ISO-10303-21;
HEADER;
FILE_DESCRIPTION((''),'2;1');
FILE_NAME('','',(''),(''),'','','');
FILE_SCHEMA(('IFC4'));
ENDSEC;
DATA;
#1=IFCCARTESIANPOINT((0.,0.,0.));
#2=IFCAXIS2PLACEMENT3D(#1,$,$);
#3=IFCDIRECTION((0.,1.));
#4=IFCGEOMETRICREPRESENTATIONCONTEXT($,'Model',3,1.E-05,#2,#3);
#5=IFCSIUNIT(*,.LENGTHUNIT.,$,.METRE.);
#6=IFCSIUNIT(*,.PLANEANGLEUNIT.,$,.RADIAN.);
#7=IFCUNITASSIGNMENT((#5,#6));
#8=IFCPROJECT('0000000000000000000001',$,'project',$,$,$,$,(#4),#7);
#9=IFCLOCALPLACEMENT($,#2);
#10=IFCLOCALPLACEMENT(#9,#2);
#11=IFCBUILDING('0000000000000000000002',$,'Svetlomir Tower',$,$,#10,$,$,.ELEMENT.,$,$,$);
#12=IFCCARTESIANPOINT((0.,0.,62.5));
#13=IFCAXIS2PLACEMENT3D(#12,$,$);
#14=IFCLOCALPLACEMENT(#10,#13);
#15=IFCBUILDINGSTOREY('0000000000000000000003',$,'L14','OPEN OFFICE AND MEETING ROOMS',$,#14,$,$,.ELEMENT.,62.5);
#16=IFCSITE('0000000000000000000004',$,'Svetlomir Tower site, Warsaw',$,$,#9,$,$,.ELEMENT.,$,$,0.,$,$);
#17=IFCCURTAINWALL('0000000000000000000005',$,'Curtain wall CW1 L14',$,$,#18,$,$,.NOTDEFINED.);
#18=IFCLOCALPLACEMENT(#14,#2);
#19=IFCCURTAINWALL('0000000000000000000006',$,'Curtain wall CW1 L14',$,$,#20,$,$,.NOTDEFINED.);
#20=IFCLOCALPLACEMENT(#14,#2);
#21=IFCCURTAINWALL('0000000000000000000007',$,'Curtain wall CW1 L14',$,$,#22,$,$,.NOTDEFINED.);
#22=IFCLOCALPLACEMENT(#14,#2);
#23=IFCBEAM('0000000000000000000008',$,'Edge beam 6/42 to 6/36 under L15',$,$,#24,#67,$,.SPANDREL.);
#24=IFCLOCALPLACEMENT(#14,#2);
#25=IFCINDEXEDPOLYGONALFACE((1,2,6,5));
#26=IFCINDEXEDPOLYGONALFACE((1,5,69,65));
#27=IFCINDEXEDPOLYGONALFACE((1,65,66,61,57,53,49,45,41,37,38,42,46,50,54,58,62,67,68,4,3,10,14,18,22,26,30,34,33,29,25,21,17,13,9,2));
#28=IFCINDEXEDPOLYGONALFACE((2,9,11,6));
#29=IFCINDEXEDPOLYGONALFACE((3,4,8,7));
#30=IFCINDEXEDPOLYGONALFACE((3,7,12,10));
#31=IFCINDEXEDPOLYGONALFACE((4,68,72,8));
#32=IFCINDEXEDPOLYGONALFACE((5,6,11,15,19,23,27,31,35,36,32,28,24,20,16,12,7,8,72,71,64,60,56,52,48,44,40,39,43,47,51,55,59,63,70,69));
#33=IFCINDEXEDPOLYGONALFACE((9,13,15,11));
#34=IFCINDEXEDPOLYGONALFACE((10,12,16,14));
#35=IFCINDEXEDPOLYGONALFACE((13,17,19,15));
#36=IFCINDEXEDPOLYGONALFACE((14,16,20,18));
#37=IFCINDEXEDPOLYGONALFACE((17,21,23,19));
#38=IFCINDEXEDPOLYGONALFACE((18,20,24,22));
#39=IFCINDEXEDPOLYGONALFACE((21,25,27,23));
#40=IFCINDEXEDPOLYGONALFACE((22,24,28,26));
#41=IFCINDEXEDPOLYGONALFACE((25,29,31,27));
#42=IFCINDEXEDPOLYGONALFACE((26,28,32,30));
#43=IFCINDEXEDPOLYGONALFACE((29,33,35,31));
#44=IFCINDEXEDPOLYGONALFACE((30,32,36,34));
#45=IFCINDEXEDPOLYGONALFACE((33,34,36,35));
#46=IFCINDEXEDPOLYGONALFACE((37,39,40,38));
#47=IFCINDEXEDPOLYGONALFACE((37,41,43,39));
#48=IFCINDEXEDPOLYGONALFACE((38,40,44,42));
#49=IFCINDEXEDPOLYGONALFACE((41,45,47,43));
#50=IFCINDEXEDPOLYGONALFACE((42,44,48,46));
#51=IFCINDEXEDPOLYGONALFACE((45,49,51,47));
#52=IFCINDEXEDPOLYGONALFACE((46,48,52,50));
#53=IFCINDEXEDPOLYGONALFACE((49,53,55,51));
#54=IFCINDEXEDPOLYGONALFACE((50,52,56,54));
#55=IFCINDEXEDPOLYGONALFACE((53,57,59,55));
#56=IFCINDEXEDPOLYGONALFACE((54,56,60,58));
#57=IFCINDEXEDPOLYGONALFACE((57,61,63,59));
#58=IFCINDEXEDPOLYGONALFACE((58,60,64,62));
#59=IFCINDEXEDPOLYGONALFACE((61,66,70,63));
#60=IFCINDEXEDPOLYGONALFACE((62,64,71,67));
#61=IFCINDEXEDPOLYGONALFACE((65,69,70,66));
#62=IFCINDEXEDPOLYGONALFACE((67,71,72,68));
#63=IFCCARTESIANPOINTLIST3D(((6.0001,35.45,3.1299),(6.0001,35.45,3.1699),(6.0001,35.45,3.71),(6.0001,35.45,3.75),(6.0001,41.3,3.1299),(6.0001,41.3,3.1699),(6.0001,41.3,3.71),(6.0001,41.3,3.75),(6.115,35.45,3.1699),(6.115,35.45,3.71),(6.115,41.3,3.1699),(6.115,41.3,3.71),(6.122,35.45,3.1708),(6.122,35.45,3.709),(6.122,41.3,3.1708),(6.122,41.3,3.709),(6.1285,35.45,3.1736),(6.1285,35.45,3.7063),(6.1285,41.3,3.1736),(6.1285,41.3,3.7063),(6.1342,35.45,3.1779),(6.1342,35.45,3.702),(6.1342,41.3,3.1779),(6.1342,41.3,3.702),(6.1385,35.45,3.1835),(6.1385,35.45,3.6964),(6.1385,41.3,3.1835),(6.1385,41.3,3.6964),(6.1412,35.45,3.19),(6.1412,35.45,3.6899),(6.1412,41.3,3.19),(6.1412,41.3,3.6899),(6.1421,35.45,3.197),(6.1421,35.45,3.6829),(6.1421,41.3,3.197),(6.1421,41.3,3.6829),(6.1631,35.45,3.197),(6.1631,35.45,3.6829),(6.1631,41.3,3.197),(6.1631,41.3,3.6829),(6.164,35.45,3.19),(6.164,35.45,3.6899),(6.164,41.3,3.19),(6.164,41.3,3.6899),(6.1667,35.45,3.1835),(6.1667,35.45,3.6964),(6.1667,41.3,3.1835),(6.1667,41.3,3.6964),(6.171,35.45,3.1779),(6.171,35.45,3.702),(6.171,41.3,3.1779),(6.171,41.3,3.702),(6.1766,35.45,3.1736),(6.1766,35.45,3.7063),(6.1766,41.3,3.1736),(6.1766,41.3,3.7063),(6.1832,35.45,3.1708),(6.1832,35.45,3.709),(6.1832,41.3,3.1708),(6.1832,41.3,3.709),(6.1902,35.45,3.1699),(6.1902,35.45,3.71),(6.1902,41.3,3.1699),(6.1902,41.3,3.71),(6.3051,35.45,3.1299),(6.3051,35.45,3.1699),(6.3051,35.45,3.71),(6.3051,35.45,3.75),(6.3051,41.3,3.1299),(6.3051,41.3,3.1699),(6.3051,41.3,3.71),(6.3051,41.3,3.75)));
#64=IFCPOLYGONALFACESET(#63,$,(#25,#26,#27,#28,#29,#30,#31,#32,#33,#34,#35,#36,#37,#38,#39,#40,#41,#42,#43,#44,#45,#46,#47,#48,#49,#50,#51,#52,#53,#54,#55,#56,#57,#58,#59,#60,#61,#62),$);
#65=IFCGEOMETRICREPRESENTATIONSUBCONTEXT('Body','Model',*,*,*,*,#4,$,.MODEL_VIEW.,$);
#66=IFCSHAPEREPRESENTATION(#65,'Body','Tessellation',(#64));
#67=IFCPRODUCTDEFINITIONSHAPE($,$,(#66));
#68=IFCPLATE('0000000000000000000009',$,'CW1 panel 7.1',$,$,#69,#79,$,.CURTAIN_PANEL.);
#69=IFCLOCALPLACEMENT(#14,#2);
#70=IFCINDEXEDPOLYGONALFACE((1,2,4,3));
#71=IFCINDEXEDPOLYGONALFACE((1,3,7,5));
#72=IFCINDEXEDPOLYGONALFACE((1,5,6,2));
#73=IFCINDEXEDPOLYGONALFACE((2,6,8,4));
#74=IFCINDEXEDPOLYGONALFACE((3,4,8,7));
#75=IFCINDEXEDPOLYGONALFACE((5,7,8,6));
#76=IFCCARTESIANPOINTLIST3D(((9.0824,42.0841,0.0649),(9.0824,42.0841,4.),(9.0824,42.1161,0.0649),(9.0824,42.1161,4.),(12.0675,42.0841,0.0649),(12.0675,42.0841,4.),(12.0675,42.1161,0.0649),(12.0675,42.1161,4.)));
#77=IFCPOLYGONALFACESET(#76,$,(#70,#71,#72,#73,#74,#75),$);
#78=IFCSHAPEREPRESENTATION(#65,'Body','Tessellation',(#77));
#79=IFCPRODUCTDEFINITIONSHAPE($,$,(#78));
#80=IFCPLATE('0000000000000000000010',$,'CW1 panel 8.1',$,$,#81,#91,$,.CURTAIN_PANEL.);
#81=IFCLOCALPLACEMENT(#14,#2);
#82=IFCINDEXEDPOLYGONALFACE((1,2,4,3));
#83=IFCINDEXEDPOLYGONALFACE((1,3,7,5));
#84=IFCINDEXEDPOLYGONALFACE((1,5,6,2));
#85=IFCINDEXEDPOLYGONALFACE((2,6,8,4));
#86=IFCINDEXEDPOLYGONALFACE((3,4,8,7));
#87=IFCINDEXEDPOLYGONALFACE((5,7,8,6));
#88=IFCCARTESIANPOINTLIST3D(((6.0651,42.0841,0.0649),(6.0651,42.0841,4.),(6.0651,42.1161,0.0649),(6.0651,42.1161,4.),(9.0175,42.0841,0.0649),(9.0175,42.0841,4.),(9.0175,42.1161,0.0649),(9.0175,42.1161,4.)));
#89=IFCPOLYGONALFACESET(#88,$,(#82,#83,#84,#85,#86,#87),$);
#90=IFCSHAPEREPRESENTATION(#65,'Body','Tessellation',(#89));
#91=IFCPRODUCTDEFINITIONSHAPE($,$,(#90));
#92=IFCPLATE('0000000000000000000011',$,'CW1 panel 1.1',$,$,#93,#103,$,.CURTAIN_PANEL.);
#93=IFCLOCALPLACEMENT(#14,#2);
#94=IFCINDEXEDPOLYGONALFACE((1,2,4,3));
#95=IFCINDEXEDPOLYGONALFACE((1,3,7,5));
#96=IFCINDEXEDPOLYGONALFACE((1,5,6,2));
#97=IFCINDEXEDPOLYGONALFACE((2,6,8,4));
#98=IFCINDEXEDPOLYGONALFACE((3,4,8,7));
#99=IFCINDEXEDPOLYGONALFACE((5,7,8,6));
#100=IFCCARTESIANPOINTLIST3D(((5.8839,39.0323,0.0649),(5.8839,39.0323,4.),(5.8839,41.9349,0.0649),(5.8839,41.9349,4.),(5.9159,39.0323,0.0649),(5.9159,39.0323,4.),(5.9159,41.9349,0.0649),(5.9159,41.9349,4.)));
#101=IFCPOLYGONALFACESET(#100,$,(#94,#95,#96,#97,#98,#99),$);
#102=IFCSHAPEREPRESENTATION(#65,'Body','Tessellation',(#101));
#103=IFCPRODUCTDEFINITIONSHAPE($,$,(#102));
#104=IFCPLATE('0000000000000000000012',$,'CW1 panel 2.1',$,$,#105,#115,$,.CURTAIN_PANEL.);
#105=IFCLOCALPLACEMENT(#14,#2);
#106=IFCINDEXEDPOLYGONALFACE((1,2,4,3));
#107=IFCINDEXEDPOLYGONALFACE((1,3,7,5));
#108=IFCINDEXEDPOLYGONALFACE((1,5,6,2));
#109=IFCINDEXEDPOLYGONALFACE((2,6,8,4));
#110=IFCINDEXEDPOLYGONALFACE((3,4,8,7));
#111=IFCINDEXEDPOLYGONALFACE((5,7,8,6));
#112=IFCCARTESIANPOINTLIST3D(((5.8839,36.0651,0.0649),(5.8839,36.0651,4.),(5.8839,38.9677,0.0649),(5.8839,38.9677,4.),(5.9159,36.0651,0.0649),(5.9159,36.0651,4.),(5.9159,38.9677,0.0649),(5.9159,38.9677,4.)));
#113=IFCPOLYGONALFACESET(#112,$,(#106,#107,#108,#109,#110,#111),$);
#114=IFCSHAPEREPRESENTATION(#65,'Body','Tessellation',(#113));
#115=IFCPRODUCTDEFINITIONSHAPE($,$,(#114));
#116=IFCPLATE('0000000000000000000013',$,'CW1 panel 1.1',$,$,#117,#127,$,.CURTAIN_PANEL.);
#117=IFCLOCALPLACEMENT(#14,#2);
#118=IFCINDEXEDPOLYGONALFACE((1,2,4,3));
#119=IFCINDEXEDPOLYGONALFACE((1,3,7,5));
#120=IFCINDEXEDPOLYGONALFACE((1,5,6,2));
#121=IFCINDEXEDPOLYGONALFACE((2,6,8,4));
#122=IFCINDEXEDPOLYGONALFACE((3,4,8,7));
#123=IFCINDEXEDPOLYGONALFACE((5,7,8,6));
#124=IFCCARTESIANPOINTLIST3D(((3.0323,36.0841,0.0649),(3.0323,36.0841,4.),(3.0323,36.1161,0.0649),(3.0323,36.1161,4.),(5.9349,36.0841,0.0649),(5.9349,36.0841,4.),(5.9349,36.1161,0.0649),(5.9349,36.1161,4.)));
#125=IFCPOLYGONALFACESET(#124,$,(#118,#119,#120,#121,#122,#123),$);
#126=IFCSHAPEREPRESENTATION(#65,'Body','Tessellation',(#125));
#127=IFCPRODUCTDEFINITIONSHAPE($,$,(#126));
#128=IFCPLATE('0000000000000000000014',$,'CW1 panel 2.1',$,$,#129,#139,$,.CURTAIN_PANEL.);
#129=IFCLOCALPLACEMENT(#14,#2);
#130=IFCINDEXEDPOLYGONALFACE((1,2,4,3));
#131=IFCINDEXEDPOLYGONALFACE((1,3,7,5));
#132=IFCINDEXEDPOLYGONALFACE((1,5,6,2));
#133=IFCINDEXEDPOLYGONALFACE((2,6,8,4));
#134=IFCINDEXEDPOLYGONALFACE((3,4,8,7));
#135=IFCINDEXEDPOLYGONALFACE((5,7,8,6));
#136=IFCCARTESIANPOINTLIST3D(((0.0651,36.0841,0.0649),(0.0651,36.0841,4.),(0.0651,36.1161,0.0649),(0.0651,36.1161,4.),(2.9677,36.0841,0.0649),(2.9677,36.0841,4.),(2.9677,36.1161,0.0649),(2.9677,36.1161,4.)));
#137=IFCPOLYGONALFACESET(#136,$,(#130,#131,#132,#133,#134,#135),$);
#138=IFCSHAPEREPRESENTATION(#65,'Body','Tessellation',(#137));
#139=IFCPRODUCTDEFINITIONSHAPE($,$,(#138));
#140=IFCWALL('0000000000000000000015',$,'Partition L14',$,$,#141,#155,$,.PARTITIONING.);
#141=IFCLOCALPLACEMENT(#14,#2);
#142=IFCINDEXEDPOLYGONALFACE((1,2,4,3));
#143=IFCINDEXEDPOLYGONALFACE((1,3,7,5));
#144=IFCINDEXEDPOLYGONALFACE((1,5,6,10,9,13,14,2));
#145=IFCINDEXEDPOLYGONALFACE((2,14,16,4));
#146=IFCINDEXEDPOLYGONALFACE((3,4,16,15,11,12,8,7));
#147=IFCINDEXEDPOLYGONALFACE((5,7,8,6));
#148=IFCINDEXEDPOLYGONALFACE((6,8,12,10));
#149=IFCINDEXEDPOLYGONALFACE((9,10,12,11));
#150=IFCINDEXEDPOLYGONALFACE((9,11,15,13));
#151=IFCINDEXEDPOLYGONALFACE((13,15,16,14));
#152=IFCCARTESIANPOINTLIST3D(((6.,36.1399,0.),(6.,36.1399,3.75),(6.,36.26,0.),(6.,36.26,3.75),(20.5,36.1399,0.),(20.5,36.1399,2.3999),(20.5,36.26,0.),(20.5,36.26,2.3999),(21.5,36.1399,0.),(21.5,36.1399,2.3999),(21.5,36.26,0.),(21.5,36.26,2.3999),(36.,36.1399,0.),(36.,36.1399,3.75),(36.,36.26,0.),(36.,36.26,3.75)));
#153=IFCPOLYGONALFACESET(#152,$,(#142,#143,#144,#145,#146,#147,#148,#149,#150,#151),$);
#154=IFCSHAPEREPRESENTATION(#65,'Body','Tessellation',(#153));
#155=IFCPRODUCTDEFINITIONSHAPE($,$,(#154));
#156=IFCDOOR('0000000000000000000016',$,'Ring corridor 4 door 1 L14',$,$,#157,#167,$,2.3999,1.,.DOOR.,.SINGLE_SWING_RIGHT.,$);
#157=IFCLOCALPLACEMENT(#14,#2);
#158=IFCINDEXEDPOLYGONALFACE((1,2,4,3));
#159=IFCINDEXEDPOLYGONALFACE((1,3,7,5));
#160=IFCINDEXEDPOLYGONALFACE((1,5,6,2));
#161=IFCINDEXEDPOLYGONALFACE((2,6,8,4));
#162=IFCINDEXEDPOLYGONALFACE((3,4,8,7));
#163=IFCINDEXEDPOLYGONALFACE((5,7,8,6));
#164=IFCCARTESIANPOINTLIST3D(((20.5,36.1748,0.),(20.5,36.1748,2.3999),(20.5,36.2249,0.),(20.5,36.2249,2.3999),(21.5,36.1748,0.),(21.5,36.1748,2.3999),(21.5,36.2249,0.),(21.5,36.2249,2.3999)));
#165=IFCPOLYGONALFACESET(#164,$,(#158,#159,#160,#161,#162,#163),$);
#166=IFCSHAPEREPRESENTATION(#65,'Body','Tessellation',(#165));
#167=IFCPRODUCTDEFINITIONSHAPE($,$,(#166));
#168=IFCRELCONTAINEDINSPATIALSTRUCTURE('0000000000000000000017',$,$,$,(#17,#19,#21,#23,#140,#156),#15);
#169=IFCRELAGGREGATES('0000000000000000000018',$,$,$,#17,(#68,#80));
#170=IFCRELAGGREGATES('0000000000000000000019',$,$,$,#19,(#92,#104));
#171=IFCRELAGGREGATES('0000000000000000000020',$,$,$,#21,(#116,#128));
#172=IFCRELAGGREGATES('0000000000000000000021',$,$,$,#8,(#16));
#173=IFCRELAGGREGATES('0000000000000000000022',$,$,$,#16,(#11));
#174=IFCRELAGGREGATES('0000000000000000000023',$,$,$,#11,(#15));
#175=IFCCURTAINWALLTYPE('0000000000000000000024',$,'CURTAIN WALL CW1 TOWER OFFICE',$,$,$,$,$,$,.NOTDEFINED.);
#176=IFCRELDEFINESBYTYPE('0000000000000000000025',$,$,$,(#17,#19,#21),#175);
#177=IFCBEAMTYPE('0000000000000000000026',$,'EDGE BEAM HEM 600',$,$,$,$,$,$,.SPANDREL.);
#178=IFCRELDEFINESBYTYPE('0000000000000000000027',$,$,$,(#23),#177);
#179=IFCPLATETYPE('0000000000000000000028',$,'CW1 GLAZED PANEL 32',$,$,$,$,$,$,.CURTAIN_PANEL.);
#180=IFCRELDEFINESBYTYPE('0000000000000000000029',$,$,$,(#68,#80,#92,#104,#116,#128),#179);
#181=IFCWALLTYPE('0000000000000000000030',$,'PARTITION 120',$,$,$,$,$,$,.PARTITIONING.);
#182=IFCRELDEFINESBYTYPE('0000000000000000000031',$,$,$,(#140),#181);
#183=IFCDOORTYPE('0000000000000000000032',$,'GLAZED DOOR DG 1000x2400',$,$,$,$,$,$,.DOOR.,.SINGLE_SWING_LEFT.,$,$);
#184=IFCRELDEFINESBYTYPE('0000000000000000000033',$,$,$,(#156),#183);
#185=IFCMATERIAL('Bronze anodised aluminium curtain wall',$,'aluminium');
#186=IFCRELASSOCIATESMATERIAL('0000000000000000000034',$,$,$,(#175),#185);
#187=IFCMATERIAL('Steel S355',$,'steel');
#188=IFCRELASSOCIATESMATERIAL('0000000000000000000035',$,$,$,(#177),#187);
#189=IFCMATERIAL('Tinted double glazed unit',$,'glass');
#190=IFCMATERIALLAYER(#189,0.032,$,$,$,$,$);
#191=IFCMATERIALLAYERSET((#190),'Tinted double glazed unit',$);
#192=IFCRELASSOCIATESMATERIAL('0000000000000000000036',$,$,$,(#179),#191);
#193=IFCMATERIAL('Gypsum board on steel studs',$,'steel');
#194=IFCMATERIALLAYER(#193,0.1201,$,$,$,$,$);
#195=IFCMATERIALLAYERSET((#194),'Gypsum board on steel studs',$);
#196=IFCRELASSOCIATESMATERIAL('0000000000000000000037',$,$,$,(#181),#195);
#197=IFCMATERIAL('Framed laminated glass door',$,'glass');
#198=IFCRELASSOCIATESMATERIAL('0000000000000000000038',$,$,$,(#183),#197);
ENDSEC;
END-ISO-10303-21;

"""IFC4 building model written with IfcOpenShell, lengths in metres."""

from ifc_helpers import new_model, si_unit, direction, frame, frame_2d, origin, origin_2d, place, context, subcontext, project, spatial, rectangle, i_section, extrude, material, layer, layer_set, material_profile, profile_set, type_object, element, fill, aggregate, save


model = new_model("IFC4")

# Units and contexts
model_context = context("Model", 3, precision=1e-05, world=origin(), true_north=direction((0.0, 1.0)))
body_context = subcontext(model_context, "Body", "Model", "MODEL_VIEW")
ifc_project = project(units=[si_unit("LENGTHUNIT", "METRE"), si_unit("PLANEANGLEUNIT", "RADIAN")], contexts=[model_context])

# Site, building, storey
site_placement = place(None, origin())
site = spatial("IfcSite", under=ifc_project, at=site_placement, Name="Svetlomir Tower site, Warsaw", CompositionType="ELEMENT", RefElevation=0.0)
building_placement = place(site_placement, origin())
building = spatial("IfcBuilding", under=site, at=building_placement, Name="Svetlomir Tower", CompositionType="ELEMENT")
storey_placement = place(building_placement, frame((0.0, 0.0, 62.5)))
storey = spatial("IfcBuildingStorey", under=building, at=storey_placement, Name="L14", Description="OPEN OFFICE AND MEETING ROOMS", CompositionType="ELEMENT", Elevation=62.5)

# Curtain walls
ifc_material_1 = material(Name="Bronze anodised aluminium curtain wall", Category="aluminium")
curtain_wall_type = type_object("IfcCurtainWallType", Name="CURTAIN WALL CW1 TOWER OFFICE", PredefinedType="NOTDEFINED", material=ifc_material_1)
curtain_wall_1_placement = place(storey_placement, origin())
curtain_wall_1 = element("IfcCurtainWall", 1, at=curtain_wall_1_placement, inside=storey, type_object=curtain_wall_type, Name="Curtain wall CW1 L14", PredefinedType="NOTDEFINED")
curtain_wall_2_placement = place(storey_placement, origin())
curtain_wall_2 = element("IfcCurtainWall", 2, at=curtain_wall_2_placement, inside=storey, type_object=curtain_wall_type, Name="Curtain wall CW1 L14", PredefinedType="NOTDEFINED")
curtain_wall_3_placement = place(storey_placement, origin())
curtain_wall_3 = element("IfcCurtainWall", 3, at=curtain_wall_3_placement, inside=storey, type_object=curtain_wall_type, Name="Curtain wall CW1 L14", PredefinedType="NOTDEFINED")

# Beam
ifc_material_2 = material(Name="Steel S355", Category="steel")
ifc_material_profile_1 = material_profile(ifc_material_2, i_section(OverallWidth=0.3049, OverallDepth=0.6201, WebThickness=0.021, FlangeThickness=0.04, FilletRadius=0.0271, at=origin_2d()), Name="HEM 600")
ifc_profile_set_1 = profile_set([ifc_material_profile_1], Name="Steel S355")
beam_type = type_object("IfcBeamType", Name="EDGE BEAM HEM 600", PredefinedType="SPANDREL", material=ifc_profile_set_1)
beam_1_placement = place(storey_placement, frame((6.1526, 41.3, 3.4399), z_axis=(0.0, -1.0, 0.0), x_axis=(1.0, 0.0, 0.0)))
element("IfcBeam", 4, at=beam_1_placement, inside=storey, type_object=beam_type, Name="Edge beam 6/42 to 6/36 under L15", PredefinedType="SPANDREL", context=body_context, shape_type="SweptSolid", body=[
    extrude(i_section(OverallWidth=0.3049, OverallDepth=0.6201, WebThickness=0.021, FlangeThickness=0.04, FilletRadius=0.0271, at=origin_2d()), origin(), (0.0, 0.0, 1.0), 5.8501),
])

# Plates
ifc_material_3 = material(Name="Tinted double glazed unit", Category="glass")
ifc_layer_1 = layer(ifc_material_3, 0.032)
ifc_layer_set_1 = layer_set([ifc_layer_1], Name="Tinted double glazed unit")
plate_type = type_object("IfcPlateType", Name="CW1 GLAZED PANEL 32", PredefinedType="CURTAIN_PANEL", material=ifc_layer_set_1)
plate_1_placement = place(storey_placement, frame((10.575, 42.1001, 0.0649), z_axis=(0.0, 0.0, 1.0), x_axis=(-1.0, 0.0, 0.0)))
plate_1 = element("IfcPlate", 5, at=plate_1_placement, type_object=plate_type, Name="CW1 panel 7.1", PredefinedType="CURTAIN_PANEL", context=body_context, shape_type="SweptSolid", body=[
    extrude(rectangle(XDim=2.9851, YDim=0.032, at=origin_2d()), origin(), (0.0, 0.0, 1.0), 3.9351),
])
plate_2_placement = place(storey_placement, frame((7.5413, 42.1001, 0.0649), z_axis=(0.0, 0.0, 1.0), x_axis=(-1.0, 0.0, 0.0)))
plate_2 = element("IfcPlate", 6, at=plate_2_placement, type_object=plate_type, Name="CW1 panel 8.1", PredefinedType="CURTAIN_PANEL", context=body_context, shape_type="SweptSolid", body=[
    extrude(rectangle(XDim=2.9524, YDim=0.032, at=origin_2d()), origin(), (0.0, 0.0, 1.0), 3.9351),
])
aggregate(curtain_wall_1, [plate_1, plate_2])
plate_3_placement = place(storey_placement, frame((5.8999, 40.4836, 0.0649), z_axis=(0.0, 0.0, 1.0), x_axis=(0.0, -1.0, 0.0)))
plate_3 = element("IfcPlate", 7, at=plate_3_placement, type_object=plate_type, Name="CW1 panel 1.1", PredefinedType="CURTAIN_PANEL", context=body_context, shape_type="SweptSolid", body=[
    extrude(rectangle(XDim=2.9026, YDim=0.032, at=origin_2d()), origin(), (0.0, 0.0, 1.0), 3.9351),
])
plate_4_placement = place(storey_placement, frame((5.8999, 37.5164, 0.0649), z_axis=(0.0, 0.0, 1.0), x_axis=(0.0, -1.0, 0.0)))
plate_4 = element("IfcPlate", 8, at=plate_4_placement, type_object=plate_type, Name="CW1 panel 2.1", PredefinedType="CURTAIN_PANEL", context=body_context, shape_type="SweptSolid", body=[
    extrude(rectangle(XDim=2.9026, YDim=0.032, at=origin_2d()), origin(), (0.0, 0.0, 1.0), 3.9351),
])
aggregate(curtain_wall_2, [plate_3, plate_4])
plate_5_placement = place(storey_placement, frame((4.4836, 36.1001, 0.0649), z_axis=(0.0, 0.0, 1.0), x_axis=(-1.0, 0.0, 0.0)))
plate_5 = element("IfcPlate", 9, at=plate_5_placement, type_object=plate_type, Name="CW1 panel 1.1", PredefinedType="CURTAIN_PANEL", context=body_context, shape_type="SweptSolid", body=[
    extrude(rectangle(XDim=2.9026, YDim=0.032, at=origin_2d()), origin(), (0.0, 0.0, 1.0), 3.9351),
])
plate_6_placement = place(storey_placement, frame((1.5164, 36.1001, 0.0649), z_axis=(0.0, 0.0, 1.0), x_axis=(-1.0, 0.0, 0.0)))
plate_6 = element("IfcPlate", 10, at=plate_6_placement, type_object=plate_type, Name="CW1 panel 2.1", PredefinedType="CURTAIN_PANEL", context=body_context, shape_type="SweptSolid", body=[
    extrude(rectangle(XDim=2.9026, YDim=0.032, at=origin_2d()), origin(), (0.0, 0.0, 1.0), 3.9351),
])
aggregate(curtain_wall_3, [plate_5, plate_6])

# Wall, opening, door
ifc_material_4 = material(Name="Gypsum board on steel studs", Category="steel")
ifc_layer_2 = layer(ifc_material_4, 0.1201)
ifc_layer_set_2 = layer_set([ifc_layer_2], Name="Gypsum board on steel studs")
wall_type = type_object("IfcWallType", Name="PARTITION 120", PredefinedType="PARTITIONING", material=ifc_layer_set_2)
wall_placement = place(storey_placement, frame((6.0, 36.2, 0.0), z_axis=(0.0, 0.0, 1.0), x_axis=(1.0, 0.0, 0.0)))
wall = element("IfcWall", 11, at=wall_placement, inside=storey, type_object=wall_type, Name="Partition L14", PredefinedType="PARTITIONING", context=body_context, shape_type="SweptSolid", body=[
    extrude(rectangle(XDim=30.0, YDim=0.1201, at=frame_2d((15.0, 0.0))), origin(), (0.0, 0.0, 1.0), 3.75),
])
opening_placement = place(wall_placement, frame((14.5, 0.0, 0.0)))
opening = element("IfcOpeningElement", 12, at=opening_placement, cuts=wall, PredefinedType="OPENING", context=body_context, shape_type="SweptSolid", body=[
    extrude(rectangle(XDim=1.0, YDim=2.3999, at=frame_2d((0.5, 1.2))), frame((0.0, 0.0701, 0.0), z_axis=(0.0, -1.0, 0.0), x_axis=(1.0, 0.0, 0.0)), (0.0, 0.0, 1.0), 0.1401),
])
ifc_material_5 = material(Name="Framed laminated glass door", Category="glass")
door_type = type_object("IfcDoorType", Name="GLAZED DOOR DG 1000x2400", OperationType="SINGLE_SWING_LEFT", PredefinedType="DOOR", material=ifc_material_5)
door_placement = place(opening_placement, origin())
door = element("IfcDoor", 13, at=door_placement, inside=storey, type_object=door_type, Name="Ring corridor 4 door 1 L14", OperationType="SINGLE_SWING_RIGHT", OverallHeight=2.3999, OverallWidth=1.0, PredefinedType="DOOR", context=body_context, shape_type="SweptSolid", body=[
    extrude(rectangle(XDim=1.0, YDim=2.3999, at=frame_2d((0.5, 1.2))), frame((0.0, 0.0249, 0.0), z_axis=(0.0, -1.0, 0.0), x_axis=(1.0, 0.0, 0.0)), (0.0, 0.0, 1.0), 0.05),
])
fill(opening, door)

save(model, "model.ifc")
